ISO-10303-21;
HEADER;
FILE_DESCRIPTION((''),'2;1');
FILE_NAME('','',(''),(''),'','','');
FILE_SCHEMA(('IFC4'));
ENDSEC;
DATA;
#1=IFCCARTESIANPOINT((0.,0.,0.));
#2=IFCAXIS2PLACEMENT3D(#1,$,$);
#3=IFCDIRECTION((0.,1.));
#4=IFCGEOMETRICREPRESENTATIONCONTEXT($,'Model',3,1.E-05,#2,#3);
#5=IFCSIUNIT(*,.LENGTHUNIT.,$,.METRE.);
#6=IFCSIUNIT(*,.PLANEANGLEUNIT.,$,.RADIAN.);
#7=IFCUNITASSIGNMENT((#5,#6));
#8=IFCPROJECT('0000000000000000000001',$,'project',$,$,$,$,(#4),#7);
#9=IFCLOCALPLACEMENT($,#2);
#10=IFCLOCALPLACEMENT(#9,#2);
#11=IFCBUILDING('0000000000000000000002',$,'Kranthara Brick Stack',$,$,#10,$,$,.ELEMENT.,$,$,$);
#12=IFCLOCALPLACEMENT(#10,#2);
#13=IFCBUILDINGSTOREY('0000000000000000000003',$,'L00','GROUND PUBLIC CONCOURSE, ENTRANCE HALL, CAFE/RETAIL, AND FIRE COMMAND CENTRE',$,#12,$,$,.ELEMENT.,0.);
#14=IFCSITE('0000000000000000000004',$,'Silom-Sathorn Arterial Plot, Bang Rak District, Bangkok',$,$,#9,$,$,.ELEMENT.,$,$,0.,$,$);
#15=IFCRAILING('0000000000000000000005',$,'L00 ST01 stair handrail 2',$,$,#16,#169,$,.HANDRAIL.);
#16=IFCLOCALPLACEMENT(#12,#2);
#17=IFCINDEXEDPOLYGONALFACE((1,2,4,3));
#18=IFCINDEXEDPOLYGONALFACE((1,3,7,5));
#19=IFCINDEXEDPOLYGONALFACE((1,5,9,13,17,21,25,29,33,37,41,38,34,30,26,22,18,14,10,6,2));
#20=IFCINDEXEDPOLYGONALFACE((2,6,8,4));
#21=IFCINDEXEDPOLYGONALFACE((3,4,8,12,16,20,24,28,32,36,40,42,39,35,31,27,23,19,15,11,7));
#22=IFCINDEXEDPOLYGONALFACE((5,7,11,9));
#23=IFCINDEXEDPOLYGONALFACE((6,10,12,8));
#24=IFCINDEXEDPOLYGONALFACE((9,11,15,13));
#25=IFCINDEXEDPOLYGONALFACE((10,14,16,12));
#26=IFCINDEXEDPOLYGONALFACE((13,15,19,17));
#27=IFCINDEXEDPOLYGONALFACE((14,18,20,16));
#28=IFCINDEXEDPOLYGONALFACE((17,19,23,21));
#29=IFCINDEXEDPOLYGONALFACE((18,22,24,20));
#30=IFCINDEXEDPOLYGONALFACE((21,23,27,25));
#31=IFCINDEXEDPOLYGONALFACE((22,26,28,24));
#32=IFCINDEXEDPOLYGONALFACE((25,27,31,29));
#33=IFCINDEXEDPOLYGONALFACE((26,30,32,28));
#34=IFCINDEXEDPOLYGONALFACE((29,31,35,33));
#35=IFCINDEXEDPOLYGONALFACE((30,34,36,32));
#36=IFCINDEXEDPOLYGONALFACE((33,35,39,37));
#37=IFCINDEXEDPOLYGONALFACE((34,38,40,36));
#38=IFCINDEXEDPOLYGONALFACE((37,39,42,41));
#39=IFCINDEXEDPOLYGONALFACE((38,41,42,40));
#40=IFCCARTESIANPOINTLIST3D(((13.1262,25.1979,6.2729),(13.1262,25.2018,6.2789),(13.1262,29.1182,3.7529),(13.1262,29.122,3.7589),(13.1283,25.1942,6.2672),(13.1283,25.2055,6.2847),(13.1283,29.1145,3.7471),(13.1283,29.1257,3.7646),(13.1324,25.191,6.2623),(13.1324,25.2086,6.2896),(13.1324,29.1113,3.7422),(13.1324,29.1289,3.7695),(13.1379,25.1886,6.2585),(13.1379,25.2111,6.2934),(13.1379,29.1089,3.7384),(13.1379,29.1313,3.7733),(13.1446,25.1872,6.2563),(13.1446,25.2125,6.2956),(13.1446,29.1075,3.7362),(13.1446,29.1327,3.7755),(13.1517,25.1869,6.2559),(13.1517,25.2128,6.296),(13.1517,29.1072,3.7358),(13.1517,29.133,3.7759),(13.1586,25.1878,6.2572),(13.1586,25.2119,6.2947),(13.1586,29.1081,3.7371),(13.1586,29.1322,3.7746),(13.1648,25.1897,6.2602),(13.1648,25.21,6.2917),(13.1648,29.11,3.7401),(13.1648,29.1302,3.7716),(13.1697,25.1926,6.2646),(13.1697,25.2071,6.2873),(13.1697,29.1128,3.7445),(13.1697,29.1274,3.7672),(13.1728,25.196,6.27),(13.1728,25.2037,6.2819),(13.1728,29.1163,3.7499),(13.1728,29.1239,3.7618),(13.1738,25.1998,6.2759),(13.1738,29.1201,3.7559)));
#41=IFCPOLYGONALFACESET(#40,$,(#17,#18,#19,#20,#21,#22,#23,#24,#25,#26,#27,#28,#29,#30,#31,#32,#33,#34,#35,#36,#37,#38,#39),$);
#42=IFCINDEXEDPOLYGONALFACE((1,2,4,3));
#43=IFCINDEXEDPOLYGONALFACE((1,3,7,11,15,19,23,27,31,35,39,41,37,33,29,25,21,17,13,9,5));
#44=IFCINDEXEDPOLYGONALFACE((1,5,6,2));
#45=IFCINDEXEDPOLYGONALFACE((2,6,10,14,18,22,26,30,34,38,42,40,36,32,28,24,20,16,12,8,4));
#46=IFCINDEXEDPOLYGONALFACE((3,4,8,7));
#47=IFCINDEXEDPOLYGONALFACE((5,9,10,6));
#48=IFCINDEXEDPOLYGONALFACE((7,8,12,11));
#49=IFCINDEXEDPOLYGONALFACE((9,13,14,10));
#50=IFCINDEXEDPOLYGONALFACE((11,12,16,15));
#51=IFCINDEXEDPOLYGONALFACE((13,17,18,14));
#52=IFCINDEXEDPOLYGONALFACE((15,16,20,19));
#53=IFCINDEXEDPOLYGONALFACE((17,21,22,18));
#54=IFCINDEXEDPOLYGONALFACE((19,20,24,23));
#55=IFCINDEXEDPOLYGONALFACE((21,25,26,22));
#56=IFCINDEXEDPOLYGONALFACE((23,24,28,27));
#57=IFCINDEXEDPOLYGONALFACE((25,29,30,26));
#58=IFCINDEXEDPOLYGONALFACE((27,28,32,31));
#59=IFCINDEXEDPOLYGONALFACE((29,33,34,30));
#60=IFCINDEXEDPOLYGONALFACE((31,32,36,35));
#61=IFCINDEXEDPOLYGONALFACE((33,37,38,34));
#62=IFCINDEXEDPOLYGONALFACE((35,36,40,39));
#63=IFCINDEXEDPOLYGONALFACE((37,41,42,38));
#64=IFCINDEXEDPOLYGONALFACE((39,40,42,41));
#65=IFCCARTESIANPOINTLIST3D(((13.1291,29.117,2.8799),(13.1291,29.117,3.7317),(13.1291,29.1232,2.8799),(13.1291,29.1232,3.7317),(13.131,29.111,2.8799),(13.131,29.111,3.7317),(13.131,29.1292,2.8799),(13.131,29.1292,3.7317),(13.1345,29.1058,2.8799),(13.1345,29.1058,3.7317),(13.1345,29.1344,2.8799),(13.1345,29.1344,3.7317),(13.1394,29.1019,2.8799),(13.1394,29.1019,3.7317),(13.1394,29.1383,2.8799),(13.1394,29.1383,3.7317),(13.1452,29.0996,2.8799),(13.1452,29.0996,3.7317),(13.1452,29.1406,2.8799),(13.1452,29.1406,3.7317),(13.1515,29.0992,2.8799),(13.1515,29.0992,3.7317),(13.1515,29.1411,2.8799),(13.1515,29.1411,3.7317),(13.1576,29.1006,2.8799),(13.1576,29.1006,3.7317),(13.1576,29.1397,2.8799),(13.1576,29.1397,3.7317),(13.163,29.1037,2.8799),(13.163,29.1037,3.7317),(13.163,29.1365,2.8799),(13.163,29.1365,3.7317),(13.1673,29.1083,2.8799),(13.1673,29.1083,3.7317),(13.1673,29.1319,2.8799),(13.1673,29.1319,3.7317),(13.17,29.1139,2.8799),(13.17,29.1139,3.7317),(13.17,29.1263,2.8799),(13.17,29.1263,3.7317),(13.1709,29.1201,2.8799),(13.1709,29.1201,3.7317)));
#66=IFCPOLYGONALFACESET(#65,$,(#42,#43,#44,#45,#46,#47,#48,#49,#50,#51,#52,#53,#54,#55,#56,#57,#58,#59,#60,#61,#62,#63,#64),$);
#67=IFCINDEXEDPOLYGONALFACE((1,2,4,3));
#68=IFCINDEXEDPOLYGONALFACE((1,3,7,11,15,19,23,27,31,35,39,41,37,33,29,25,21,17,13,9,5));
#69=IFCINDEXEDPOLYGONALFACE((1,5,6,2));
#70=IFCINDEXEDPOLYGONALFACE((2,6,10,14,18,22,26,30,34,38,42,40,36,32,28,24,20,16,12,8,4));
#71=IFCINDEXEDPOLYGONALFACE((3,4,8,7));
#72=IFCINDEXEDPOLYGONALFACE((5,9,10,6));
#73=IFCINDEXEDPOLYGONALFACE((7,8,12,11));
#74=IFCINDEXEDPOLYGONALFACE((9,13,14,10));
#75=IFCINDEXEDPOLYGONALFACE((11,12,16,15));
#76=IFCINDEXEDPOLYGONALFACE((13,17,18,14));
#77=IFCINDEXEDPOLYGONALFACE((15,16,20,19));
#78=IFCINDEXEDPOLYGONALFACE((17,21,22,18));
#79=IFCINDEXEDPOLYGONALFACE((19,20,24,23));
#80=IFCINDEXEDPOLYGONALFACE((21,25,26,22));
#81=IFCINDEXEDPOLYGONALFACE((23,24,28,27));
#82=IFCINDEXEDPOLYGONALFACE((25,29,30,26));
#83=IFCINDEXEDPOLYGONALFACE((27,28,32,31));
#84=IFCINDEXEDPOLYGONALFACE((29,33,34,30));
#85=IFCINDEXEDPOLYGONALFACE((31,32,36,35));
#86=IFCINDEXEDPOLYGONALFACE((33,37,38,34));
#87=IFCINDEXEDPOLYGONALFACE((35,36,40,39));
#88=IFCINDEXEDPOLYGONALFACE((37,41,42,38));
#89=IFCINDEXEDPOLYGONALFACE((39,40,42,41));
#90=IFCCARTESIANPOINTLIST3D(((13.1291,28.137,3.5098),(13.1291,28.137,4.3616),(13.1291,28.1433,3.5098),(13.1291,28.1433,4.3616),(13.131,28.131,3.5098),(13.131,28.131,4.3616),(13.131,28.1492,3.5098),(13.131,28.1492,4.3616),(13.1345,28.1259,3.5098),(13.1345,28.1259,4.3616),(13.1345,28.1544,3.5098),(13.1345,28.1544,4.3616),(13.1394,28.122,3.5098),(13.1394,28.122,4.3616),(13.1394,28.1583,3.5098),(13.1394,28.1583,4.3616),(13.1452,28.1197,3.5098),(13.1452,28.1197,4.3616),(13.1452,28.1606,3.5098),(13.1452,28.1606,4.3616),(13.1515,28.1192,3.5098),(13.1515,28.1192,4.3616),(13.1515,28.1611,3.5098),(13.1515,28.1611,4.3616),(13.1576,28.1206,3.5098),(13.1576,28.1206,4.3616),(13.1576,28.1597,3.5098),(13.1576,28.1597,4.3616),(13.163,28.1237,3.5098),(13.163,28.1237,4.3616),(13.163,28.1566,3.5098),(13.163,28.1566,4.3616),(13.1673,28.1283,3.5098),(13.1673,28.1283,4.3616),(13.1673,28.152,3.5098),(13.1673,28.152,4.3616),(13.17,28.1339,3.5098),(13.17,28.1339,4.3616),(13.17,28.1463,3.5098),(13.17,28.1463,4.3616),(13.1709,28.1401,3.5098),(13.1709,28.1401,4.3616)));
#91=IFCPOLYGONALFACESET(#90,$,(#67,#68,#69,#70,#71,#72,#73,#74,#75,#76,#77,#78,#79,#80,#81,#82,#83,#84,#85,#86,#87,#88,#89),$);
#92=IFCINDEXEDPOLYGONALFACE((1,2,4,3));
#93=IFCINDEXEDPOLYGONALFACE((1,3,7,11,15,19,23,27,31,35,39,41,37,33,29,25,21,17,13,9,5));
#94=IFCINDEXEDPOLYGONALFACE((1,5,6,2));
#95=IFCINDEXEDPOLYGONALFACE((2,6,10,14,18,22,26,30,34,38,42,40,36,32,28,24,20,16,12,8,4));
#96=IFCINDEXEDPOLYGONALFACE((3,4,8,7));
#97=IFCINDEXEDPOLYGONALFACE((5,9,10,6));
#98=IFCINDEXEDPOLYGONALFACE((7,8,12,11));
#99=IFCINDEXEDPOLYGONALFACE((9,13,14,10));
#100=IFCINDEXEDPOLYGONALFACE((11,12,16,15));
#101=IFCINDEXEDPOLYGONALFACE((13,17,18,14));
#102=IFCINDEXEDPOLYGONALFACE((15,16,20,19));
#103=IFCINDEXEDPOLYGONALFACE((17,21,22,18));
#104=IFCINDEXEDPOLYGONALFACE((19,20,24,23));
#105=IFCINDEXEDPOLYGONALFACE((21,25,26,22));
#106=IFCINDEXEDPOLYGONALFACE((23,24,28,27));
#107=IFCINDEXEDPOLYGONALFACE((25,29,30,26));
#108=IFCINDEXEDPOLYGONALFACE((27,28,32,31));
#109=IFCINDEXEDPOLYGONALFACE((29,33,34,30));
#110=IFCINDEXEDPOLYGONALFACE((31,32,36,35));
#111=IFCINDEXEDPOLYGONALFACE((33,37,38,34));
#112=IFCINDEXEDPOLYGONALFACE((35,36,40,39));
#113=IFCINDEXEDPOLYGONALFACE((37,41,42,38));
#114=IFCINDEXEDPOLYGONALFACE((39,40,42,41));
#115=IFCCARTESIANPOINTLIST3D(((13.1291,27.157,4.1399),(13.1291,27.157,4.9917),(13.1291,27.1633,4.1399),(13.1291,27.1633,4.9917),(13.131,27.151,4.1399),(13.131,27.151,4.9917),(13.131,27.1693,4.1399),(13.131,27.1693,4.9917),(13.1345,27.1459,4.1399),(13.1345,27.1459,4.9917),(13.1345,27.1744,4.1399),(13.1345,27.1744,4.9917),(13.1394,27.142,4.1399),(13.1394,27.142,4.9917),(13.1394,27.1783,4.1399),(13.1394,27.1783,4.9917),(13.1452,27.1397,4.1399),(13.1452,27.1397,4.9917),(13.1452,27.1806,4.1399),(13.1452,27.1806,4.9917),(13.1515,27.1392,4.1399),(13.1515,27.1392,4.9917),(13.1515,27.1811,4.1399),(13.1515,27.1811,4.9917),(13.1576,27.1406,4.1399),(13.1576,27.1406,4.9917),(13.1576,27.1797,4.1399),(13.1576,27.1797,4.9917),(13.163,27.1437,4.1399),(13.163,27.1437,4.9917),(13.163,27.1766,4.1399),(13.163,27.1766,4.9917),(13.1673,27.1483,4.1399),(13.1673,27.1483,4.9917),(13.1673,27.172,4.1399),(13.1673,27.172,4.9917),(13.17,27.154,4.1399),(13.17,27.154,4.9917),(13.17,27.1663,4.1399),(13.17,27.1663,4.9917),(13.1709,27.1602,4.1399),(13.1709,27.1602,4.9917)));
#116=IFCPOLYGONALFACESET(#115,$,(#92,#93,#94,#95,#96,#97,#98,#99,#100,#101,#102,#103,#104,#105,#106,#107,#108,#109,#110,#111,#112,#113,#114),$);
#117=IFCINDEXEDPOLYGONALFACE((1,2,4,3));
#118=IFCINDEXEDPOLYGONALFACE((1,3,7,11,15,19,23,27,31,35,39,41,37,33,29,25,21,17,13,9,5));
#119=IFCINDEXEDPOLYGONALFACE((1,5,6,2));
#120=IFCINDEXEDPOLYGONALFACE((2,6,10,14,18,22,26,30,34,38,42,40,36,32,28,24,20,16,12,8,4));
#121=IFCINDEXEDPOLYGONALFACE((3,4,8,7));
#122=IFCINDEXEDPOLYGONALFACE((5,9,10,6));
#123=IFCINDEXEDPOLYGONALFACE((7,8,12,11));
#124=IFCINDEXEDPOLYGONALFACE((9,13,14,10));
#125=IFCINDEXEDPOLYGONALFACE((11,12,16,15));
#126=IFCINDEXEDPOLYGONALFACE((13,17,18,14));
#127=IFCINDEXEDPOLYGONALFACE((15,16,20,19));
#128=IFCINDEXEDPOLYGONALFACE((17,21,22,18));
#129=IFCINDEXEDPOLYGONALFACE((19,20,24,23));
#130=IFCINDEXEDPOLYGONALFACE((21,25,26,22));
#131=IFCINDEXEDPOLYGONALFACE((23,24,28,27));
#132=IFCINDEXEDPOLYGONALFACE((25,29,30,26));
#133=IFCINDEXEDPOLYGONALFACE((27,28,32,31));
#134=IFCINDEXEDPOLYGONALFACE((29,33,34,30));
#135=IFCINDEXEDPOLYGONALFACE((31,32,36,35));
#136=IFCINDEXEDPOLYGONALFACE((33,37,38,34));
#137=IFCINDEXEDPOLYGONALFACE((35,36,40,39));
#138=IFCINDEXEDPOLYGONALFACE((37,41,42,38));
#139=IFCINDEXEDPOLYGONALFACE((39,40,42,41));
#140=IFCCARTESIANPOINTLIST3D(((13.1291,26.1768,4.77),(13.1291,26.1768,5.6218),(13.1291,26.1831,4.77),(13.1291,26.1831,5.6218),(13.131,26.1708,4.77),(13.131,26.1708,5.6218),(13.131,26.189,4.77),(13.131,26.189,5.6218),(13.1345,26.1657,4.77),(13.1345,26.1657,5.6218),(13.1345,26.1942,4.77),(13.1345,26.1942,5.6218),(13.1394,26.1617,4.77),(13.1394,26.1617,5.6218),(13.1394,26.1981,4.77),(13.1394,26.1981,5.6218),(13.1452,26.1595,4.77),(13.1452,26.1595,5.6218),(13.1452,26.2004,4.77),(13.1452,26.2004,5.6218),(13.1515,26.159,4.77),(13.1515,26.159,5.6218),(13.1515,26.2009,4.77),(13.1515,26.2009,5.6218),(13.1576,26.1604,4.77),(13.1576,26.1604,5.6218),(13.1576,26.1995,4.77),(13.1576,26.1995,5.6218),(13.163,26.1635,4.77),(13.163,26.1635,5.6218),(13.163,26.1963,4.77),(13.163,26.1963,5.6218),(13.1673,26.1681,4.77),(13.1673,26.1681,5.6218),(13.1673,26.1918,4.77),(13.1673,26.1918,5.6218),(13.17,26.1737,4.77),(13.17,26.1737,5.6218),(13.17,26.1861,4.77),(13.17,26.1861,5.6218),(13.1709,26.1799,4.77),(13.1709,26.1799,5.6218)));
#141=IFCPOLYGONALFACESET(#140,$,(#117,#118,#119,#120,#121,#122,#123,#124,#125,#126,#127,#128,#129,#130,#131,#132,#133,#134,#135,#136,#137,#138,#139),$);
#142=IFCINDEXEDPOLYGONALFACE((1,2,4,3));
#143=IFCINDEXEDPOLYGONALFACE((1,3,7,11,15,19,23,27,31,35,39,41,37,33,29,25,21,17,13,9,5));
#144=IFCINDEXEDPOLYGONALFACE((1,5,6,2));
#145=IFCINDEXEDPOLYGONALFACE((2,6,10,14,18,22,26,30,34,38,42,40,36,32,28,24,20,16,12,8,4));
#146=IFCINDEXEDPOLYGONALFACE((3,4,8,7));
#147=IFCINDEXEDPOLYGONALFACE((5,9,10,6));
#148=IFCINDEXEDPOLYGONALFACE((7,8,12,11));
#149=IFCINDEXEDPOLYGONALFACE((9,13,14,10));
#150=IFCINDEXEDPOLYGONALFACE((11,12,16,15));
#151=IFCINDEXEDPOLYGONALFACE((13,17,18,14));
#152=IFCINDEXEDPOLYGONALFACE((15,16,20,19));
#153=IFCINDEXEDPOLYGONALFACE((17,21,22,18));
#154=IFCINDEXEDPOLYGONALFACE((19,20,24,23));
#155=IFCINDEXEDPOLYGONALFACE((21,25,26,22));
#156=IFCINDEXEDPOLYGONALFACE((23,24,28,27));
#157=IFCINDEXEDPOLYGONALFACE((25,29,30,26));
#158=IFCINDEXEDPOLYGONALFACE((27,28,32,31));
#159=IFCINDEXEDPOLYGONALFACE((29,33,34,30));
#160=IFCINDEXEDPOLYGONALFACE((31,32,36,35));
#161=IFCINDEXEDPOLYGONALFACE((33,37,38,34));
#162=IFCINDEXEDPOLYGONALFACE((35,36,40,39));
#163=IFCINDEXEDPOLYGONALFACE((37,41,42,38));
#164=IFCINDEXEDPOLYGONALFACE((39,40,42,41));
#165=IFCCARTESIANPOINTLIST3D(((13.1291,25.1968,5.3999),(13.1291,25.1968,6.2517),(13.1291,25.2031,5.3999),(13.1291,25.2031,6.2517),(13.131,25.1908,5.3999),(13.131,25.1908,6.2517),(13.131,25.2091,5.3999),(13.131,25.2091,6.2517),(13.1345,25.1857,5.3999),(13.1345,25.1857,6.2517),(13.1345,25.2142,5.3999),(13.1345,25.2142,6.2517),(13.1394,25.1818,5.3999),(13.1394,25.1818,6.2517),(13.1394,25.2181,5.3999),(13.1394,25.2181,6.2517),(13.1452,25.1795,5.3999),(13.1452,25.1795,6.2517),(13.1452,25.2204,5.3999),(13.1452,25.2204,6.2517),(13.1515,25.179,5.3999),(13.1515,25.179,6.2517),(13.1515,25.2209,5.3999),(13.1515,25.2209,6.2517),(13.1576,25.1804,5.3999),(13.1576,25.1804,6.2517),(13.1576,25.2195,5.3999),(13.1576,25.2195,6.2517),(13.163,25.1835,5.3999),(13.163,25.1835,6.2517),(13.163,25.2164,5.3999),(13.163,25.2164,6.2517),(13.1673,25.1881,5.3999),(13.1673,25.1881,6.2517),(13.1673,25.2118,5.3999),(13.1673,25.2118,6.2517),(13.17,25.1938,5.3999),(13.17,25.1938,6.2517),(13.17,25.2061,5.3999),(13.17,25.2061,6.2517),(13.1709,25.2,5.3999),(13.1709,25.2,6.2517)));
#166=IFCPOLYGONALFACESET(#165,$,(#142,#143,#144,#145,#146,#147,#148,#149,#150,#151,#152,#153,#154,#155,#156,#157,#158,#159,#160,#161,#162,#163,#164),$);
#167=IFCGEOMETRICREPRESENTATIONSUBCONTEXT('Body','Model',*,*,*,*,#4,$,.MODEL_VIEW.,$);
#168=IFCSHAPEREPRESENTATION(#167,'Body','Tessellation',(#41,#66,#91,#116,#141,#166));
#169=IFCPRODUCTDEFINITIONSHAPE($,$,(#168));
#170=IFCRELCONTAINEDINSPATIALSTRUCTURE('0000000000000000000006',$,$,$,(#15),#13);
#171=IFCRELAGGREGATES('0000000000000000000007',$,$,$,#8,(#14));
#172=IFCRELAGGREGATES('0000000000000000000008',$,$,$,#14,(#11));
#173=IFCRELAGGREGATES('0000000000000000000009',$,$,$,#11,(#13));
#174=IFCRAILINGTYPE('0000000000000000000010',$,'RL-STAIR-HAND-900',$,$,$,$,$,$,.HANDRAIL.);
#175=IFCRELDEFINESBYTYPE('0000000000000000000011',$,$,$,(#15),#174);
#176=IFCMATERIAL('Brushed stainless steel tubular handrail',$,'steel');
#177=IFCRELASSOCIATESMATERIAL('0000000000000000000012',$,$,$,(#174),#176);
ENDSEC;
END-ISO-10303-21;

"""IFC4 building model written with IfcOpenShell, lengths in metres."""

from ifc_helpers import new_model, si_unit, direction, frame, origin, origin_2d, place, context, subcontext, project, spatial, circle, extrude, material, type_object, element, save


model = new_model("IFC4")

# Units and contexts
model_context = context("Model", 3, precision=1e-05, world=origin(), true_north=direction((0.0, 1.0)))
body_context = subcontext(model_context, "Body", "Model", "MODEL_VIEW")
ifc_project = project(units=[si_unit("LENGTHUNIT", "METRE"), si_unit("PLANEANGLEUNIT", "RADIAN")], contexts=[model_context])

# Site, building, storey
site_placement = place(None, origin())
site = spatial("IfcSite", under=ifc_project, at=site_placement, Name="Silom-Sathorn Arterial Plot, Bang Rak District, Bangkok", CompositionType="ELEMENT", RefElevation=0.0)
building_placement = place(site_placement, origin())
building = spatial("IfcBuilding", under=site, at=building_placement, Name="Kranthara Brick Stack", CompositionType="ELEMENT")
storey_placement = place(building_placement, origin())
storey = spatial("IfcBuildingStorey", under=building, at=storey_placement, Name="L00", Description="GROUND PUBLIC CONCOURSE, ENTRANCE HALL, CAFE/RETAIL, AND FIRE COMMAND CENTRE", CompositionType="ELEMENT", Elevation=0.0)

# Railing
ifc_material_1 = material(Name="Brushed stainless steel tubular handrail", Category="steel")
railing_type_1 = type_object("IfcRailingType", Name="RL-STAIR-HAND-900", PredefinedType="HANDRAIL", material=ifc_material_1)
railing_1_placement = place(storey_placement, frame((13.1499, 29.1201, 2.8799)))
element("IfcRailing", 1, at=railing_1_placement, inside=storey, type_object=railing_type_1, Name="L00 ST01 stair handrail 2", PredefinedType="HANDRAIL", context=body_context, shape_type="SweptSolid", body=[
    extrude(circle(Radius=0.0239, at=origin_2d()), frame((0.0, 0.0, 0.876), z_axis=(0.0, -0.841187, 0.540744), x_axis=(1.0, 0.0, 0.0)), (0.0, 0.0, 1.0), 4.6604),
    extrude(circle(Radius=0.021, at=origin_2d()), origin(), (0.0, 0.0, 1.0), 0.8518),
    extrude(circle(Radius=0.021, at=origin_2d()), frame((0.0, -0.98, 0.6299)), (0.0, 0.0, 1.0), 0.8518),
    extrude(circle(Radius=0.021, at=origin_2d()), frame((0.0, -1.96, 1.26)), (0.0, 0.0, 1.0), 0.8518),
    extrude(circle(Radius=0.021, at=origin_2d()), frame((0.0, -2.9402, 1.8901)), (0.0, 0.0, 1.0), 0.8518),
    extrude(circle(Radius=0.021, at=origin_2d()), frame((0.0, -3.9202, 2.52)), (0.0, 0.0, 1.0), 0.8518),
])

save(model, "model.ifc")
